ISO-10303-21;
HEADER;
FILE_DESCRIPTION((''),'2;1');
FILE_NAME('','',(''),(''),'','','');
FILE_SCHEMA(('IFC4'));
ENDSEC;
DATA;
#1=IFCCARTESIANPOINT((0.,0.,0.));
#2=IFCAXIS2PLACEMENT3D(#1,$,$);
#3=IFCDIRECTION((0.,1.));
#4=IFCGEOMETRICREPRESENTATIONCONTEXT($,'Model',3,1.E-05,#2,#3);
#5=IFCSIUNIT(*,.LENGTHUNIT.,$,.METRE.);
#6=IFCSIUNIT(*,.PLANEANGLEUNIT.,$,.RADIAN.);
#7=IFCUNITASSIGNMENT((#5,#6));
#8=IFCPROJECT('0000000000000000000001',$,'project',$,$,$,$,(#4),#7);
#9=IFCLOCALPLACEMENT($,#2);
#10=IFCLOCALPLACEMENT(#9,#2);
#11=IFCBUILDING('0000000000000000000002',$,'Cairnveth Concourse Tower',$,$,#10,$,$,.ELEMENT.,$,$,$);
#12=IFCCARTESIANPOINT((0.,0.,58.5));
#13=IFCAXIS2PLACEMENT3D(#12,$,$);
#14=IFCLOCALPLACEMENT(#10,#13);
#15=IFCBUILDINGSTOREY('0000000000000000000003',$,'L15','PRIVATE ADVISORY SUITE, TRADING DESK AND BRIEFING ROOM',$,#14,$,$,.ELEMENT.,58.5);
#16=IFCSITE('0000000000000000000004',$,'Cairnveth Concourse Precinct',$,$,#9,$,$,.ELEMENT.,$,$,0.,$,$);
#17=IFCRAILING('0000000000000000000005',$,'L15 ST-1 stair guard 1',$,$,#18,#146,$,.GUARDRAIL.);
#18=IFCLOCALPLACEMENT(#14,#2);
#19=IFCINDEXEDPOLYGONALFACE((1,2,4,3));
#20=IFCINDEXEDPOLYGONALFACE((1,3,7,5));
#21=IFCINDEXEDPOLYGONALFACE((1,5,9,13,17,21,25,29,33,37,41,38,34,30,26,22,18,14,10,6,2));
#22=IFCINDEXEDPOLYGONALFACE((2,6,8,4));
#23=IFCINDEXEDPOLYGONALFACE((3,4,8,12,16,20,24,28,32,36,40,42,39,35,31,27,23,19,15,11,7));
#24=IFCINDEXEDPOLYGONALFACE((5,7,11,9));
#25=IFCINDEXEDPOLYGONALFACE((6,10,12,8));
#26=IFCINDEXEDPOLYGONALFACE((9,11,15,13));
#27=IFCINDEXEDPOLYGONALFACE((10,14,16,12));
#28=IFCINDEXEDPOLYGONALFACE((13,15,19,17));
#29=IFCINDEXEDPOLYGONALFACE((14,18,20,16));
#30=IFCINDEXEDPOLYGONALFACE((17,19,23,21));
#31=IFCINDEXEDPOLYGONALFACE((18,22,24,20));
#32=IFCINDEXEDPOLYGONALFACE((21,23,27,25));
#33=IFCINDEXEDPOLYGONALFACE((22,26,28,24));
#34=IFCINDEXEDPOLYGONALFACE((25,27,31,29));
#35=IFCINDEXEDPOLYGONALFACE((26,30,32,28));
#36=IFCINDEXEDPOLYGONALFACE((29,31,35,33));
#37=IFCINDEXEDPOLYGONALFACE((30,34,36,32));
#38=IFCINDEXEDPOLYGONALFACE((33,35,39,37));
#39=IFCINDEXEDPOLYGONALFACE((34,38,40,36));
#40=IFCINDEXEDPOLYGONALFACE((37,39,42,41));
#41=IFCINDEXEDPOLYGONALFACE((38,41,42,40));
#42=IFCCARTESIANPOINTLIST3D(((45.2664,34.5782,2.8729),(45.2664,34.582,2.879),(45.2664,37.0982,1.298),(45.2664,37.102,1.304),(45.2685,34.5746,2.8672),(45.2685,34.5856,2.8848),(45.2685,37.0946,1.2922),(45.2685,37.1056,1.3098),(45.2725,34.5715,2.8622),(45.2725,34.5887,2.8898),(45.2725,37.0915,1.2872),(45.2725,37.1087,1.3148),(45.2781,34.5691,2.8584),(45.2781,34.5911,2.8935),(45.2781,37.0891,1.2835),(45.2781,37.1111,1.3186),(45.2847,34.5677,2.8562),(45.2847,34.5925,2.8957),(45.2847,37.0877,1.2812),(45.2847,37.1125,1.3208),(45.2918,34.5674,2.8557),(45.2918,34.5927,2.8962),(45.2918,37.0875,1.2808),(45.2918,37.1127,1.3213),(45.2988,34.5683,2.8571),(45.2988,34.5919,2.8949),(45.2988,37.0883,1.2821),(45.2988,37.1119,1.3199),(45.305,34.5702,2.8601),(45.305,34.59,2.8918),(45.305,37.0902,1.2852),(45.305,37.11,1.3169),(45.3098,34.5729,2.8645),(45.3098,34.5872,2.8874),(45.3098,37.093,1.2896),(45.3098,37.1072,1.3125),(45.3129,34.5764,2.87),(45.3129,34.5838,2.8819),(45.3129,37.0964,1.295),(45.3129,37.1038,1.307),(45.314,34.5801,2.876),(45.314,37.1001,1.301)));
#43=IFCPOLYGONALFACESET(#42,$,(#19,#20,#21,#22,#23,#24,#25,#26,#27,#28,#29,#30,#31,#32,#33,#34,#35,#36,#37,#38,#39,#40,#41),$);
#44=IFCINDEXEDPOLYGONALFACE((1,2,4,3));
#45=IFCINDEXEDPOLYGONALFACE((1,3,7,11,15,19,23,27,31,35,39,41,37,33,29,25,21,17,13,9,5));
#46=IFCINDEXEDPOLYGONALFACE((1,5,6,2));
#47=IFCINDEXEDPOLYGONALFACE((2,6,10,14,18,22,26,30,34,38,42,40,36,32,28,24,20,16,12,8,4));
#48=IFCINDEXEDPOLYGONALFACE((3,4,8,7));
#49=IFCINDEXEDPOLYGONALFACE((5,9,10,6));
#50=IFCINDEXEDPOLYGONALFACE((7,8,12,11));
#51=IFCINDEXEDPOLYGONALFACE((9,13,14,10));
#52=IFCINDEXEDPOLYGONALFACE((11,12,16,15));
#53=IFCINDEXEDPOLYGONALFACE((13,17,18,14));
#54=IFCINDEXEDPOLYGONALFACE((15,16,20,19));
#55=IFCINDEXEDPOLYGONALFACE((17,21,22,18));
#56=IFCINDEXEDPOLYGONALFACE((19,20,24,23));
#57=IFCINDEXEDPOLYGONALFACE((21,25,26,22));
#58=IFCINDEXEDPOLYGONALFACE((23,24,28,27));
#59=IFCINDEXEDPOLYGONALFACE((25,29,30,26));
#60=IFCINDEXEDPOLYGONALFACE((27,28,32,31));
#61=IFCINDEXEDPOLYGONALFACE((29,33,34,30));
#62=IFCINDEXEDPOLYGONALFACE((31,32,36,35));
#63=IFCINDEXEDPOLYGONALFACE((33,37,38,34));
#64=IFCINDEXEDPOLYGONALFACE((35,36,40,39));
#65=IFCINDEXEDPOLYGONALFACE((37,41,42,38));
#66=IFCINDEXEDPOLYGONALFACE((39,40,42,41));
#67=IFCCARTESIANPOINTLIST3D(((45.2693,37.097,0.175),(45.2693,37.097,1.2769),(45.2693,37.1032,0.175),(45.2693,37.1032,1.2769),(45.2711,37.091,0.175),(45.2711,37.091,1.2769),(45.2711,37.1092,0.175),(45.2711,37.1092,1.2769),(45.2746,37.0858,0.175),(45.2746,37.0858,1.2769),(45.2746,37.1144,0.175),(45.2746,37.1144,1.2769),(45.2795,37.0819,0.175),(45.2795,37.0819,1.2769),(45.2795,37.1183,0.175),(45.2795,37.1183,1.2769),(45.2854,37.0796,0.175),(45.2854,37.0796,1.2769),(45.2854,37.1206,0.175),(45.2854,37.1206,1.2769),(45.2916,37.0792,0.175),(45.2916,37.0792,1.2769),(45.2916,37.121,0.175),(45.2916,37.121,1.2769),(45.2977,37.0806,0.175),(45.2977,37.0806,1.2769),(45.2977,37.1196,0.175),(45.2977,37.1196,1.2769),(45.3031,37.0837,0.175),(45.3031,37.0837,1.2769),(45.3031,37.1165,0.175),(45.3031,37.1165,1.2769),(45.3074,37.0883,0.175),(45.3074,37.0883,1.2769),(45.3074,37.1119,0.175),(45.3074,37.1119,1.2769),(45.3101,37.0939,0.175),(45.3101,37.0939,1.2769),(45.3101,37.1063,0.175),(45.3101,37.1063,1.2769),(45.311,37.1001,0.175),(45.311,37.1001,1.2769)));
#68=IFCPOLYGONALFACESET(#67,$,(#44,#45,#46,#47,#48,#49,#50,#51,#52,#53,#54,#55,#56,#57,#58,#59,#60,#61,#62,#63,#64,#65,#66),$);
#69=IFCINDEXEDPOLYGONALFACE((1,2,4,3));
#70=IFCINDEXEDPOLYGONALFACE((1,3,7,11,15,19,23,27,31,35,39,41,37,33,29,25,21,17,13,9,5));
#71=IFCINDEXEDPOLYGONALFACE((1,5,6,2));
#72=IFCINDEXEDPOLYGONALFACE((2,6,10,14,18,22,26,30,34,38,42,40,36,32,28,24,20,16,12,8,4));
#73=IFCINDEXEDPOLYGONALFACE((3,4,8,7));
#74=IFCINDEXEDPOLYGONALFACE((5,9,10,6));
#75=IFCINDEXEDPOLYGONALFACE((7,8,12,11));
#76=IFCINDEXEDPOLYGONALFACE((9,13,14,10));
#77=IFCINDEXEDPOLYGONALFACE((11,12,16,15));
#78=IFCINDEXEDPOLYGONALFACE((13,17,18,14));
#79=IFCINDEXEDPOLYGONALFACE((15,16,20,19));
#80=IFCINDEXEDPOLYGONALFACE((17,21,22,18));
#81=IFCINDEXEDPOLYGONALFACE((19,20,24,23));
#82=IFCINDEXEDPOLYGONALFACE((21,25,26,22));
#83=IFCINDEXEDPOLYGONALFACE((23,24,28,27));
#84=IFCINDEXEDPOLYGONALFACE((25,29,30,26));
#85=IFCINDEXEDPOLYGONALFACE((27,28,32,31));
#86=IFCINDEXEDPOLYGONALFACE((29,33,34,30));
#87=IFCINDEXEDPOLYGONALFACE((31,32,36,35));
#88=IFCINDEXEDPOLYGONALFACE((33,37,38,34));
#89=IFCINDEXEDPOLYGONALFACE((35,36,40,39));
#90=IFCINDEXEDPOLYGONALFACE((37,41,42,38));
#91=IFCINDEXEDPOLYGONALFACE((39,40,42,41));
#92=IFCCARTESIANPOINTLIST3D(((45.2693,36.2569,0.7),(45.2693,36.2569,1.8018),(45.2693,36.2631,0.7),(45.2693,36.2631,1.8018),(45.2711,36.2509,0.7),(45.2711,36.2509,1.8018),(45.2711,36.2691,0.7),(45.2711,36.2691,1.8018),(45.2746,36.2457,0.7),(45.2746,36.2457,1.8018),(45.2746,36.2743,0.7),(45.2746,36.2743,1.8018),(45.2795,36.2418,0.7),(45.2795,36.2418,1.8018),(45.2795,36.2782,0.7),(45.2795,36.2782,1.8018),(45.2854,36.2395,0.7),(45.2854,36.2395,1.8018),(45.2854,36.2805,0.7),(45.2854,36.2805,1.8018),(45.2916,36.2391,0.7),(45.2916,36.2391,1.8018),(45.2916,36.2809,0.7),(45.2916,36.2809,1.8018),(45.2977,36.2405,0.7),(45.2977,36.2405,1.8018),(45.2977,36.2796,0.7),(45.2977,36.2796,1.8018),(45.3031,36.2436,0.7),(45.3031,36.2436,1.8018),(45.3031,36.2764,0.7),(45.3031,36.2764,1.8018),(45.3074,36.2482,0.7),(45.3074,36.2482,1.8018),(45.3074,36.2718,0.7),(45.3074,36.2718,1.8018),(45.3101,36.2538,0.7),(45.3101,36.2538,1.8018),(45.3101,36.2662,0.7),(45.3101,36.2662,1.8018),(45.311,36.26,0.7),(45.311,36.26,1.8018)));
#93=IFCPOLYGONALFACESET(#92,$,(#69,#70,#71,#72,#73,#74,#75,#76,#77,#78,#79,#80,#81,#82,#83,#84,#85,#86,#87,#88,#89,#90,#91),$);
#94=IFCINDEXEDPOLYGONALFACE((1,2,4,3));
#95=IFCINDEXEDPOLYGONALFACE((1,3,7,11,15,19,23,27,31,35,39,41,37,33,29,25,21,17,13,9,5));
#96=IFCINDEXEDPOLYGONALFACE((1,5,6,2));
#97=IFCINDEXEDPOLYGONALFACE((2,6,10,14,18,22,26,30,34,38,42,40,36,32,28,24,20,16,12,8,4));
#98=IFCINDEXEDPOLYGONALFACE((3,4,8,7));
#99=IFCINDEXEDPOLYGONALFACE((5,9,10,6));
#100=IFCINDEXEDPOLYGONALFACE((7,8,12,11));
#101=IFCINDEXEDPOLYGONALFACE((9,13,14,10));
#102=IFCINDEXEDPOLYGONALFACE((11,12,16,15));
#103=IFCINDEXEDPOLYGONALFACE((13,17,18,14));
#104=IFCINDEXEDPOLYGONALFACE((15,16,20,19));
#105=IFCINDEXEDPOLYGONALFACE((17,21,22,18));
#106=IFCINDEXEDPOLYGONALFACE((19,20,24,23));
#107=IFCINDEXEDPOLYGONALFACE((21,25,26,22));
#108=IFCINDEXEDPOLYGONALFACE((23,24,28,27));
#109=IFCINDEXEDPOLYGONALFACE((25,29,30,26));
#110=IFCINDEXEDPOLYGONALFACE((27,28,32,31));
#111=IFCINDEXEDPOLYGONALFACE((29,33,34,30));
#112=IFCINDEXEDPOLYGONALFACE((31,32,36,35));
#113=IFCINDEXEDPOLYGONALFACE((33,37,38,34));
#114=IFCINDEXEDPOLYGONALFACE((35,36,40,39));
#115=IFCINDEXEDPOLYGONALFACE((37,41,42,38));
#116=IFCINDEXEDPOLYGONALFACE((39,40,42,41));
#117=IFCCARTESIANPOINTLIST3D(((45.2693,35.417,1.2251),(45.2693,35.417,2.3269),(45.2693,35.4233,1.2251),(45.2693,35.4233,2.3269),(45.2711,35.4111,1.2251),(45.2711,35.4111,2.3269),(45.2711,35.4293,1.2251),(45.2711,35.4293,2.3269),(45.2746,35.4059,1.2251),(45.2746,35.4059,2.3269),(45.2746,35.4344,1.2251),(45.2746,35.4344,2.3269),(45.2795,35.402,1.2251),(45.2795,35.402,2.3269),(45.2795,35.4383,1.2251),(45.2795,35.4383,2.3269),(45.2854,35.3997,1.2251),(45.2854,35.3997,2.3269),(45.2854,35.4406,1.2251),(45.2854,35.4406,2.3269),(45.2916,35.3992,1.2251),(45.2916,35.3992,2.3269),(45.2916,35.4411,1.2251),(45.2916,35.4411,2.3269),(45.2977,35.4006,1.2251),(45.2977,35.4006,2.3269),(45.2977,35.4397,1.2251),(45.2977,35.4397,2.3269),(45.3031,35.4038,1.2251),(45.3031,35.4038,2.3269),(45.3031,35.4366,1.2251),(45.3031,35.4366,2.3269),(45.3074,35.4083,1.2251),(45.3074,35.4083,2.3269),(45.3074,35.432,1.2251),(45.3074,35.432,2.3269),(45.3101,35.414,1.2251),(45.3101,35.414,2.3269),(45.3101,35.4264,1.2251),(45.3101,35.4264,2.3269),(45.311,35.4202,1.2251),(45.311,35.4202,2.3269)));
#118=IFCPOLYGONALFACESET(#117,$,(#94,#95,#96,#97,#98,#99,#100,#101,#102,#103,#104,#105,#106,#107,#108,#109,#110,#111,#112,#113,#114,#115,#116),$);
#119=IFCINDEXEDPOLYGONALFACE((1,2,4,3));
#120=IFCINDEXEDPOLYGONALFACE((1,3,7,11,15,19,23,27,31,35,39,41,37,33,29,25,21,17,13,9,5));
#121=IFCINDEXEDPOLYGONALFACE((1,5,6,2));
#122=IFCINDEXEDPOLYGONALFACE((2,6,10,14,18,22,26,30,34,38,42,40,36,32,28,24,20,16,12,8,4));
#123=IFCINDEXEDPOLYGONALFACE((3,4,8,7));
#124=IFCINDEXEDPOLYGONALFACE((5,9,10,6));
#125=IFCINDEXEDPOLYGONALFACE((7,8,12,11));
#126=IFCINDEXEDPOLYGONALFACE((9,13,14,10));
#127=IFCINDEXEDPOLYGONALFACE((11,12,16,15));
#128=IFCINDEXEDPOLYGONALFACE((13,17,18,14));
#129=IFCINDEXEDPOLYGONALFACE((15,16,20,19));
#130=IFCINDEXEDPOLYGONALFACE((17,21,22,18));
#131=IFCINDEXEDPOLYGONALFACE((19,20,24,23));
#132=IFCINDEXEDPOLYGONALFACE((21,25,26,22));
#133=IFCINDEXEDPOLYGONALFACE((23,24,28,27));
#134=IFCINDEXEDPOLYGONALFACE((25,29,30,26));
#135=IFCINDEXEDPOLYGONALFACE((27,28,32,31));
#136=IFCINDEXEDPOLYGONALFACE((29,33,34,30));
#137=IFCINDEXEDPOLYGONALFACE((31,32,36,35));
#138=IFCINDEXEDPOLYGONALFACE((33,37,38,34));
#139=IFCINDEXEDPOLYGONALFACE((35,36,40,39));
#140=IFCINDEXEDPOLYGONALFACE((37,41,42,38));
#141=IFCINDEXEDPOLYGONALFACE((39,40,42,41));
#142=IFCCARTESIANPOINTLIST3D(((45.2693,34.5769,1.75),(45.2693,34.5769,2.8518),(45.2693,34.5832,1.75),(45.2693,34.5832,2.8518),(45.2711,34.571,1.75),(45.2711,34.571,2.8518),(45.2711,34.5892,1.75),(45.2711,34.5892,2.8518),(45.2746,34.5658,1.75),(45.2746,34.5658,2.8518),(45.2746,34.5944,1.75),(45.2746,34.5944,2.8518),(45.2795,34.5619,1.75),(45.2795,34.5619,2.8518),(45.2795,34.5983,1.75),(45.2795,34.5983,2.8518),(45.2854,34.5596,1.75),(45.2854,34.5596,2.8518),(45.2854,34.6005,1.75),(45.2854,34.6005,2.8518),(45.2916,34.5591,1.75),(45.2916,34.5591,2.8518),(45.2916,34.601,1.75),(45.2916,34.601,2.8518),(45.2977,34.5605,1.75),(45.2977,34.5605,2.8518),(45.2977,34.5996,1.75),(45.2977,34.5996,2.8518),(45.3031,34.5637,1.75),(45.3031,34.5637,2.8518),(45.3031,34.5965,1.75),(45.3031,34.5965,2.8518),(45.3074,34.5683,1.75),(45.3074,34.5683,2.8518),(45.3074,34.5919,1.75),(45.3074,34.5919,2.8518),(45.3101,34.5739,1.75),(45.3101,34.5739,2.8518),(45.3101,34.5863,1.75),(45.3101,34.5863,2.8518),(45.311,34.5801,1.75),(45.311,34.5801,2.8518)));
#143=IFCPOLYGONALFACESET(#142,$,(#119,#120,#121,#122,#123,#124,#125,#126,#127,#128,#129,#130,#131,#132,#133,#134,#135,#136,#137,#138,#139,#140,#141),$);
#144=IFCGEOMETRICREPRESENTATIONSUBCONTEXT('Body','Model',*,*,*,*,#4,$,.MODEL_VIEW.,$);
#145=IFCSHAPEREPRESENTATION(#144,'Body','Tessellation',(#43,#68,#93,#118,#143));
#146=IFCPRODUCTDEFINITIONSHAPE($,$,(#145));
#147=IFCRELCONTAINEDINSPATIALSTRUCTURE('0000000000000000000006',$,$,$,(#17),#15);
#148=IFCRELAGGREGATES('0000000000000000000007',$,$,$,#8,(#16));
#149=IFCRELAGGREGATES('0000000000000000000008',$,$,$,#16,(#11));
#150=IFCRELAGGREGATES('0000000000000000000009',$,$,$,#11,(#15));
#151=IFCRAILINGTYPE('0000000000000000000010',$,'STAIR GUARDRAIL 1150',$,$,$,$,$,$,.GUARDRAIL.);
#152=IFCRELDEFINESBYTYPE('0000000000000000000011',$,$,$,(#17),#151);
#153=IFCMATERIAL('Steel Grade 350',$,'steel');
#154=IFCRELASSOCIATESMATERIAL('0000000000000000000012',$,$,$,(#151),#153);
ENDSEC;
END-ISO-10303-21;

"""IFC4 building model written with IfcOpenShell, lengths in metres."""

from ifc_helpers import new_model, si_unit, direction, frame, origin, origin_2d, place, context, subcontext, project, spatial, circle, extrude, material, type_object, element, save


model = new_model("IFC4")

# Units and contexts
model_context = context("Model", 3, precision=1e-05, world=origin(), true_north=direction((0.0, 1.0)))
body_context = subcontext(model_context, "Body", "Model", "MODEL_VIEW")
ifc_project = project(units=[si_unit("LENGTHUNIT", "METRE"), si_unit("PLANEANGLEUNIT", "RADIAN")], contexts=[model_context])

# Site, building, storey
site_placement = place(None, origin())
site = spatial("IfcSite", under=ifc_project, at=site_placement, Name="Cairnveth Concourse Precinct", CompositionType="ELEMENT", RefElevation=0.0)
building_placement = place(site_placement, origin())
building = spatial("IfcBuilding", under=site, at=building_placement, Name="Cairnveth Concourse Tower", CompositionType="ELEMENT")
storey_placement = place(building_placement, frame((0.0, 0.0, 58.5)))
storey = spatial("IfcBuildingStorey", under=building, at=storey_placement, Name="L15", Description="PRIVATE ADVISORY SUITE, TRADING DESK AND BRIEFING ROOM", CompositionType="ELEMENT", Elevation=58.5)

# Shared definitions
ifc_material_1 = material(Name="Steel Grade 350", Category="steel")

# Railing
railing_type = type_object("IfcRailingType", Name="STAIR GUARDRAIL 1150", PredefinedType="GUARDRAIL", material=ifc_material_1)
railing_1_placement = place(storey_placement, frame((45.29, 37.1001, 0.175)))
element("IfcRailing", 1, at=railing_1_placement, inside=storey, type_object=railing_type, Name="L15 ST-1 stair guard 1", PredefinedType="GUARDRAIL", context=body_context, shape_type="SweptSolid", body=[
    extrude(circle(Radius=0.0239, at=origin_2d()), frame((0.0, 0.0, 1.126), z_axis=(0.0, -0.848008, 0.529984), x_axis=(1.0, 0.0, 0.0)), (0.0, 0.0, 1.0), 2.9717),
    extrude(circle(Radius=0.021, at=origin_2d()), origin(), (0.0, 0.0, 1.0), 1.1018),
    extrude(circle(Radius=0.021, at=origin_2d()), frame((0.0, -0.8401, 0.5249)), (0.0, 0.0, 1.0), 1.1018),
    extrude(circle(Radius=0.021, at=origin_2d()), frame((0.0, -1.6799, 1.05)), (0.0, 0.0, 1.0), 1.1018),
    extrude(circle(Radius=0.021, at=origin_2d()), frame((0.0, -2.52, 1.575)), (0.0, 0.0, 1.0), 1.1018),
])

save(model, "model.ifc")
